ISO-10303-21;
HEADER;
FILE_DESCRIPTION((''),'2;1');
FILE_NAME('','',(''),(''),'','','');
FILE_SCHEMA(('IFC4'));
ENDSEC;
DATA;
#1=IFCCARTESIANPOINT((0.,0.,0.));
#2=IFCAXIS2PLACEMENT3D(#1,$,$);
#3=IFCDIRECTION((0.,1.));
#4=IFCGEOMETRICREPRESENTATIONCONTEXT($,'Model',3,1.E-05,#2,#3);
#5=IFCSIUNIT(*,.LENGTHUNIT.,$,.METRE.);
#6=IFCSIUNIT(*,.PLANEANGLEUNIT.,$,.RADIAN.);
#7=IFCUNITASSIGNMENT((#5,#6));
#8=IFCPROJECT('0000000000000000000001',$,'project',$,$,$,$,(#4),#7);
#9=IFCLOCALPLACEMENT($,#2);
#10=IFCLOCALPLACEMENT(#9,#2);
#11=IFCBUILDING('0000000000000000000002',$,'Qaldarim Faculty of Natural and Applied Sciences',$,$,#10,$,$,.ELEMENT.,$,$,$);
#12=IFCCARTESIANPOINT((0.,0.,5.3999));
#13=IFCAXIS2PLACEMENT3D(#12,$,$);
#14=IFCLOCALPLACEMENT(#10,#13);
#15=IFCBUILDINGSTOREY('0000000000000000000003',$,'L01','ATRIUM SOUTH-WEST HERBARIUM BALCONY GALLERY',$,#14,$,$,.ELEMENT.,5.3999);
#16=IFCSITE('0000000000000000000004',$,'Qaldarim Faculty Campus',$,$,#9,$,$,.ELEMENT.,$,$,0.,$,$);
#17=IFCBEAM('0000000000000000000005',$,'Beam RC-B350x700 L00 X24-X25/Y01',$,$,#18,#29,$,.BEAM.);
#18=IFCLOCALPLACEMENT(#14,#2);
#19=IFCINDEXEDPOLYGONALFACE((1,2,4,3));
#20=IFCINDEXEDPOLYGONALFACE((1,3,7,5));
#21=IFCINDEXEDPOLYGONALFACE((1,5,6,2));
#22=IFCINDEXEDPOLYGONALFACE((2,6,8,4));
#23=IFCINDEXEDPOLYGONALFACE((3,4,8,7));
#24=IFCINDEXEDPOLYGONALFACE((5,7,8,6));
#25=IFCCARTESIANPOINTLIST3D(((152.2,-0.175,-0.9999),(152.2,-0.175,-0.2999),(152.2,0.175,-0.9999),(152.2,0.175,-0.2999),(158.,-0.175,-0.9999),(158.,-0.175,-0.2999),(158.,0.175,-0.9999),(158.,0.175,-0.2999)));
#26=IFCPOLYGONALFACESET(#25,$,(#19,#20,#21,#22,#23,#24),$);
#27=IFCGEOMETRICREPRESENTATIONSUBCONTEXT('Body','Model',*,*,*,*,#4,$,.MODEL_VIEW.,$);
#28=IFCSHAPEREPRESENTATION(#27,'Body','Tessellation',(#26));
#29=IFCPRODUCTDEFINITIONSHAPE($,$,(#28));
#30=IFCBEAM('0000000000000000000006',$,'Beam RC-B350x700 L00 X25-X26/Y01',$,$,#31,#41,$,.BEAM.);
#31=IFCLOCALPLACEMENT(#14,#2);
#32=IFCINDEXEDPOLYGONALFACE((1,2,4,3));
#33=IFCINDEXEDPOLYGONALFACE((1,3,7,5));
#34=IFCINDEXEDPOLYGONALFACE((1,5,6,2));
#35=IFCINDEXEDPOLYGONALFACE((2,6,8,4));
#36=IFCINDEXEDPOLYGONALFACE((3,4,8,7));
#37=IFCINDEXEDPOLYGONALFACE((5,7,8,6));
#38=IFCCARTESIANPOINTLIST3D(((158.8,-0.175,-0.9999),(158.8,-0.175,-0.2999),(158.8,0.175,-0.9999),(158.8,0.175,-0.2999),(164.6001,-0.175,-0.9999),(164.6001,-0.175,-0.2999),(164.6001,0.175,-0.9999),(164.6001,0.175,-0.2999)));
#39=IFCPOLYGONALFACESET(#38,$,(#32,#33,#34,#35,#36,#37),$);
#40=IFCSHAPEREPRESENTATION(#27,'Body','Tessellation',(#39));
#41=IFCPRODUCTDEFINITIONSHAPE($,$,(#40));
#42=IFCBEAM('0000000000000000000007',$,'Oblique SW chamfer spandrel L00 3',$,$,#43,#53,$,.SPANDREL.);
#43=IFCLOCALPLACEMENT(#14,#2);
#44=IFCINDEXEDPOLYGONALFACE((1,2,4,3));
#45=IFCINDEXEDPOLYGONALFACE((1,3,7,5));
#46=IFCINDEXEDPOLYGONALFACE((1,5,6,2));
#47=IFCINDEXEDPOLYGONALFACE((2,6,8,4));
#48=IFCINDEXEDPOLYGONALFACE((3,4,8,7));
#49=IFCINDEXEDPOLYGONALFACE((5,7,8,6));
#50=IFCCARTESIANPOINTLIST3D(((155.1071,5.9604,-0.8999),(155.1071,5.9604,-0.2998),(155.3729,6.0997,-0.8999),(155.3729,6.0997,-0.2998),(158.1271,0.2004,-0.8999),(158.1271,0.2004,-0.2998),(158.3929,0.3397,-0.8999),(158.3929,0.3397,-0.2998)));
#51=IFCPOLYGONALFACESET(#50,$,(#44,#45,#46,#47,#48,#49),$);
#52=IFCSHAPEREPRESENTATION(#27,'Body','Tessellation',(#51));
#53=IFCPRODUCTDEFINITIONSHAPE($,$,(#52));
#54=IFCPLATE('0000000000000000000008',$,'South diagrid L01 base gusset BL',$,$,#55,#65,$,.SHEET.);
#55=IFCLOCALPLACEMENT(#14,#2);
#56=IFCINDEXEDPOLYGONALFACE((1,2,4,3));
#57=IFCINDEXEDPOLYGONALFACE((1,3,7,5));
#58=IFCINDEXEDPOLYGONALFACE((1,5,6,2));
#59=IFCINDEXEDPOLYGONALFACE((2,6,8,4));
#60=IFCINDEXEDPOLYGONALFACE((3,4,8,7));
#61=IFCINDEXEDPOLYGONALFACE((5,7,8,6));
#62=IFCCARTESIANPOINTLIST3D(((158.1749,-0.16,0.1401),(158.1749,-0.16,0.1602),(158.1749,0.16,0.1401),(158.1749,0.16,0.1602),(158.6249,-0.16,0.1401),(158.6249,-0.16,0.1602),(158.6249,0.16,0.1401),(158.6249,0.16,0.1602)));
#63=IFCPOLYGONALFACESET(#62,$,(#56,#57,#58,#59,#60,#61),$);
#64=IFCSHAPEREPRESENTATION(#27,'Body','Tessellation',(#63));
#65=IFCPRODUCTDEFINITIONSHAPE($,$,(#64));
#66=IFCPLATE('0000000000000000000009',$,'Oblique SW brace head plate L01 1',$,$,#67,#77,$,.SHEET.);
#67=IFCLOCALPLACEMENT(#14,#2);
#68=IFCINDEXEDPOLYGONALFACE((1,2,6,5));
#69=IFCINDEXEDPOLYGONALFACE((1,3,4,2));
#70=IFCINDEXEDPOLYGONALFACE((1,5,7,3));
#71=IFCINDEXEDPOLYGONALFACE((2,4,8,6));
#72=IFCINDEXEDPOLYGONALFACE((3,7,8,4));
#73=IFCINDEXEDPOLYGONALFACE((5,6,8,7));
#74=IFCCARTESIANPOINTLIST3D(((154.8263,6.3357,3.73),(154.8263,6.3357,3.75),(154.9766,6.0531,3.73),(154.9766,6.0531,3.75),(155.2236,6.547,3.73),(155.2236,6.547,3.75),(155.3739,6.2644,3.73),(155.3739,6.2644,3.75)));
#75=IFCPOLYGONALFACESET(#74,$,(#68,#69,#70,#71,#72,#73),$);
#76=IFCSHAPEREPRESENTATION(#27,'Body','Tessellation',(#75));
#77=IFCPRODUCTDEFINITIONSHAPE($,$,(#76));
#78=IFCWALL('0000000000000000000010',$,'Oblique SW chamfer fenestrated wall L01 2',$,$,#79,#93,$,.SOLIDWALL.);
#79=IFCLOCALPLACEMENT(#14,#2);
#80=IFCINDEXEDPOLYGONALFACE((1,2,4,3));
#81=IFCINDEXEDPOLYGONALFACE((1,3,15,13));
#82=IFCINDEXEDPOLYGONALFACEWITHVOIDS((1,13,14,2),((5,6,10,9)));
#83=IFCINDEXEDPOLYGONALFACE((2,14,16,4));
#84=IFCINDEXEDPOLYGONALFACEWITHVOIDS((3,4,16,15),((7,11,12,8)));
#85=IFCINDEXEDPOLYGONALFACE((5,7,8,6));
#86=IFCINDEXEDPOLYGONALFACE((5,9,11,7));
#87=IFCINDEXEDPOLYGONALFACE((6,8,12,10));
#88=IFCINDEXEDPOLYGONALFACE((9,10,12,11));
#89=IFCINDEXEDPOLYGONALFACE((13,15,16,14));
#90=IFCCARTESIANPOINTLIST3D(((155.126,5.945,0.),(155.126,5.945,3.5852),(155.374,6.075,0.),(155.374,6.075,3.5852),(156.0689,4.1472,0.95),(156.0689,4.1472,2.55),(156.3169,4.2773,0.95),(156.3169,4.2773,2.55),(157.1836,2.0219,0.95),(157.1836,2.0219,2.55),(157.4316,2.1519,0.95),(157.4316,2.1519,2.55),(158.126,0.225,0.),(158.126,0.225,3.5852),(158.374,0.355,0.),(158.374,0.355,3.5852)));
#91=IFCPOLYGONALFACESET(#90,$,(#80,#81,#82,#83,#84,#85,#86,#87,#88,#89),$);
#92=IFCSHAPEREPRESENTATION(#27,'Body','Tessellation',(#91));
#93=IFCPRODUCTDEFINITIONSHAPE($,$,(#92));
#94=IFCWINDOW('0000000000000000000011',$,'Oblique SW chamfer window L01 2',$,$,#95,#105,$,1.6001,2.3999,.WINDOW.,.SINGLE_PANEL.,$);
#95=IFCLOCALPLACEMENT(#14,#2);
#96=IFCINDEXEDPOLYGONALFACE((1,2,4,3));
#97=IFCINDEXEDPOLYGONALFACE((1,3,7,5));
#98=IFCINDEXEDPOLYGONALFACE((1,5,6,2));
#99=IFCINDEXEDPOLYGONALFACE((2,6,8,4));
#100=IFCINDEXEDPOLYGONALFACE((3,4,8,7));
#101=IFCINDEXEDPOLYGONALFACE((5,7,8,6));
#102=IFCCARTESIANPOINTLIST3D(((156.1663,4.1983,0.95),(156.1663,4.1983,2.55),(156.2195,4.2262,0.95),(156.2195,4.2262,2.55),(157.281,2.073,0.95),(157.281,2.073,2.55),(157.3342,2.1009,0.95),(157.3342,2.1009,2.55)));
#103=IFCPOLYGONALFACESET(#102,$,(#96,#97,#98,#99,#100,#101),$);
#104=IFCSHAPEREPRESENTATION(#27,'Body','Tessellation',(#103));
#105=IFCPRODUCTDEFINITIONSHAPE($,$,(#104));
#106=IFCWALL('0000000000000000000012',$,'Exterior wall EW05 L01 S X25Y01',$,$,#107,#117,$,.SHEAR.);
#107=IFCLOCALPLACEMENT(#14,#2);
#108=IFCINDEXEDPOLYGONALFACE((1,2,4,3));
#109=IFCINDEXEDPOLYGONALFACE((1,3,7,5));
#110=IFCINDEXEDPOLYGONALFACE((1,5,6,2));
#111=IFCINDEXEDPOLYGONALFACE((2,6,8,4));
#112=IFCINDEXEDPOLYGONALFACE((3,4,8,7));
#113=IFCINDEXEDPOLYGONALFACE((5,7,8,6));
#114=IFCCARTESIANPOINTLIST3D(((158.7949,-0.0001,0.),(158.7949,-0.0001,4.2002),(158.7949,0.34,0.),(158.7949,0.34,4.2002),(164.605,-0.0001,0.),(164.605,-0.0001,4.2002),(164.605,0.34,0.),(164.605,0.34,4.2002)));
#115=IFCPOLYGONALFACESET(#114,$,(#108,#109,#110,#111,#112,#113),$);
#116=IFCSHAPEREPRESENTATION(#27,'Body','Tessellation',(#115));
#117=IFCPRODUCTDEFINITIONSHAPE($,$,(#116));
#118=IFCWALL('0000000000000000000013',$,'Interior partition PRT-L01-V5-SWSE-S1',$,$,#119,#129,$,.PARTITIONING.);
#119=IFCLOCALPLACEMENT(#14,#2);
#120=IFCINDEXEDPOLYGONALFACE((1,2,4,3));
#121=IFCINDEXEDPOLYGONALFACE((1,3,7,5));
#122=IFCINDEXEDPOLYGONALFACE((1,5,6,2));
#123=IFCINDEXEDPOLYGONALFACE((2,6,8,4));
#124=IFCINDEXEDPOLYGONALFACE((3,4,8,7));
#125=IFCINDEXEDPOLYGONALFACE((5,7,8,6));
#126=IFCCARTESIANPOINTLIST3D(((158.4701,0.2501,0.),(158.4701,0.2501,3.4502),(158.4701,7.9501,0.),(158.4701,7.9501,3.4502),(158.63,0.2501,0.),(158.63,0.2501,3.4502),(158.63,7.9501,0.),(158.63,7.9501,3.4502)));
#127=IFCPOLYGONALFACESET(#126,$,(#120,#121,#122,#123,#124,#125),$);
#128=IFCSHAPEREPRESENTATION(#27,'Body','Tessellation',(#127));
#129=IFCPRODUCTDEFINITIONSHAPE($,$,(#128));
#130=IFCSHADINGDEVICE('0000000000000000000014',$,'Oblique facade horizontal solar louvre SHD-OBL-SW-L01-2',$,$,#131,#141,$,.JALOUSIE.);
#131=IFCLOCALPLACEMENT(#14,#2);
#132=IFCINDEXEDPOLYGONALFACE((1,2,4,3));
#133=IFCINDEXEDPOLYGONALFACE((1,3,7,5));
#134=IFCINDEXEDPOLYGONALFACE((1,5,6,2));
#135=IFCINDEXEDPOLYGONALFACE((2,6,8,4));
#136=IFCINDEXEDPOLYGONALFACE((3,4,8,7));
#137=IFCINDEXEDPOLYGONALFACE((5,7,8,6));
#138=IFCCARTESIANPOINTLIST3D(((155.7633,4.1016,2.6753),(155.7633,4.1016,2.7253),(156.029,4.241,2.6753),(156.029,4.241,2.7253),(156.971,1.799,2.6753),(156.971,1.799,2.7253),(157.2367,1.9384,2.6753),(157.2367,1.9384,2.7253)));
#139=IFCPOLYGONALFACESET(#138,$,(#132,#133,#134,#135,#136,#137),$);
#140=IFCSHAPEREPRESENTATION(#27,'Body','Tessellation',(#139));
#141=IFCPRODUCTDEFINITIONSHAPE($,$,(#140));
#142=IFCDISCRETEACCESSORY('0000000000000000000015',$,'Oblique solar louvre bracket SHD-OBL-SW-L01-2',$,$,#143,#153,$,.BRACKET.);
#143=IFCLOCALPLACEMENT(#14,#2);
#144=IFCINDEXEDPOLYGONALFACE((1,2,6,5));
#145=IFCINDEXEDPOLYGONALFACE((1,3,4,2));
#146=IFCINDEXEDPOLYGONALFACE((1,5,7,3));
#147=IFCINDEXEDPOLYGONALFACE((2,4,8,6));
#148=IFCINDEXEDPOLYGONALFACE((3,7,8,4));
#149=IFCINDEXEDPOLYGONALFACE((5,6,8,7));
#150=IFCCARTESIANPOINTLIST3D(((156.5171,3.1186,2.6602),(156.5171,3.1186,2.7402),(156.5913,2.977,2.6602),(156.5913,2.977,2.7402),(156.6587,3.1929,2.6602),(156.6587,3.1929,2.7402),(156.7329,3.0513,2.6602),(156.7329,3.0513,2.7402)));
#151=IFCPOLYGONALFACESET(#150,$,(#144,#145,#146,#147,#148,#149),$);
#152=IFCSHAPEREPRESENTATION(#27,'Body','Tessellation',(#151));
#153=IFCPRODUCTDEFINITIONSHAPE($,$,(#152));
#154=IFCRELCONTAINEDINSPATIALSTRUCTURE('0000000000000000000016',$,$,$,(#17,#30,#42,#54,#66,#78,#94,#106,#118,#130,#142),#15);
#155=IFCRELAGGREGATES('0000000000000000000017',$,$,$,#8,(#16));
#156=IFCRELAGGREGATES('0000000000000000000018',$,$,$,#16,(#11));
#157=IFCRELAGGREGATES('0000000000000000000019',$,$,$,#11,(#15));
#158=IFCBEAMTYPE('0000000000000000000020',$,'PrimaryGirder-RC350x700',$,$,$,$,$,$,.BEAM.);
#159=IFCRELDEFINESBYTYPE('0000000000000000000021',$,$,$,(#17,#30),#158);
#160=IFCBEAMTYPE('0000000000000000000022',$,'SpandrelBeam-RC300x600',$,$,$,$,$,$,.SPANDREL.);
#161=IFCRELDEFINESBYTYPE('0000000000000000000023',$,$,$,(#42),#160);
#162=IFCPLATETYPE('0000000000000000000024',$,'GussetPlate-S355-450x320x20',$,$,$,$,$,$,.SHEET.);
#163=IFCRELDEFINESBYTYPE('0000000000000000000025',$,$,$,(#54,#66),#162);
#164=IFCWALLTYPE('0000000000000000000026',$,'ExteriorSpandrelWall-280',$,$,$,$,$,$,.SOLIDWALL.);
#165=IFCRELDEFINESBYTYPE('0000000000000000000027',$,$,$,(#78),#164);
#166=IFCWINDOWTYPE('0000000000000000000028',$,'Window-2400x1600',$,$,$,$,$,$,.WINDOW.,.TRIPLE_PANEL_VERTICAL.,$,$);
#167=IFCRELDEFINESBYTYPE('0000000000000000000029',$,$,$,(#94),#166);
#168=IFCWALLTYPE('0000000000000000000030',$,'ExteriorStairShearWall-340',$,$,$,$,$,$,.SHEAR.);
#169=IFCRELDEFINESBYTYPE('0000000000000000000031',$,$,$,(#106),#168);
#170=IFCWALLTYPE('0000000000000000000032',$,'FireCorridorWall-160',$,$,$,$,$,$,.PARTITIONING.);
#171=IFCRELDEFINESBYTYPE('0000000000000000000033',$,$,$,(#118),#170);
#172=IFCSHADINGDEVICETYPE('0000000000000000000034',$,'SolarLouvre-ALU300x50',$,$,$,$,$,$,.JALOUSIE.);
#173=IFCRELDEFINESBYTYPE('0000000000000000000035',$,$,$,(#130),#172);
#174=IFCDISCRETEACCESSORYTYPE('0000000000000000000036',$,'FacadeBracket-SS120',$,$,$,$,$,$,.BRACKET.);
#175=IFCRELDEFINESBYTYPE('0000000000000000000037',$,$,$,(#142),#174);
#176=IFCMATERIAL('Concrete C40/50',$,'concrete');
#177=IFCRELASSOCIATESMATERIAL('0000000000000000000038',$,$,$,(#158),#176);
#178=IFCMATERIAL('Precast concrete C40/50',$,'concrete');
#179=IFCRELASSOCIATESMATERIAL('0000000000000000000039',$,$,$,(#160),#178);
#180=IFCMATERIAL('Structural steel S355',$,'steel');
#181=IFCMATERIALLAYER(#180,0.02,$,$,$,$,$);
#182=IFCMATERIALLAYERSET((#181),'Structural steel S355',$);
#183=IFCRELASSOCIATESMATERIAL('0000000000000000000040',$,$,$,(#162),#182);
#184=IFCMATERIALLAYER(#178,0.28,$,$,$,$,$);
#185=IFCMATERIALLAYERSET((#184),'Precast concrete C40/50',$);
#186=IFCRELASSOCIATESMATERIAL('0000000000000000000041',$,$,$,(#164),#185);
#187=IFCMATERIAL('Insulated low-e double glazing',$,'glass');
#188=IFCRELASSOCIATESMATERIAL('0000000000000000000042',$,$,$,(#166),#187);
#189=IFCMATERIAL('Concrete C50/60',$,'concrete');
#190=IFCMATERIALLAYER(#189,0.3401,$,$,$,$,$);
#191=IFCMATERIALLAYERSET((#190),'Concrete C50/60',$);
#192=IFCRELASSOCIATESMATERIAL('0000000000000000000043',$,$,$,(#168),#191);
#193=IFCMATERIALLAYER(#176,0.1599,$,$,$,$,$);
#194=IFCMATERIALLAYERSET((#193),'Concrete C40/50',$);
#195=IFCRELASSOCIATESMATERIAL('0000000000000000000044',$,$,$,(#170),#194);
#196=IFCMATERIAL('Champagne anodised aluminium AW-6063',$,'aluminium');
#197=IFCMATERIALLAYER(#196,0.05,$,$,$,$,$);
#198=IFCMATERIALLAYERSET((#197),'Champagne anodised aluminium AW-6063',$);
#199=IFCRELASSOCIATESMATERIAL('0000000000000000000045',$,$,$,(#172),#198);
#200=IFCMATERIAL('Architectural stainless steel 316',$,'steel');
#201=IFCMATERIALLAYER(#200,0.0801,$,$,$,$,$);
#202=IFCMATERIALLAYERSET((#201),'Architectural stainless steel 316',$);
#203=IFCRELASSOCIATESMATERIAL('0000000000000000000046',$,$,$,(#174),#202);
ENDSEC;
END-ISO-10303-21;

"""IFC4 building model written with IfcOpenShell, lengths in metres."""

from ifc_helpers import new_model, si_unit, direction, frame, frame_2d, origin, origin_2d, place, context, subcontext, project, spatial, rectangle, extrude, material, layer, layer_set, material_profile, profile_set, type_object, element, fill, save


model = new_model("IFC4")

# Units and contexts
model_context = context("Model", 3, precision=1e-05, world=origin(), true_north=direction((0.0, 1.0)))
body_context = subcontext(model_context, "Body", "Model", "MODEL_VIEW")
ifc_project = project(units=[si_unit("LENGTHUNIT", "METRE"), si_unit("PLANEANGLEUNIT", "RADIAN")], contexts=[model_context])

# Site, building, storey
site_placement = place(None, origin())
site = spatial("IfcSite", under=ifc_project, at=site_placement, Name="Qaldarim Faculty Campus", CompositionType="ELEMENT", RefElevation=0.0)
building_placement = place(site_placement, origin())
building = spatial("IfcBuilding", under=site, at=building_placement, Name="Qaldarim Faculty of Natural and Applied Sciences", CompositionType="ELEMENT")
storey_placement = place(building_placement, frame((0.0, 0.0, 5.3999)))
storey = spatial("IfcBuildingStorey", under=building, at=storey_placement, Name="L01", Description="ATRIUM SOUTH-WEST HERBARIUM BALCONY GALLERY", CompositionType="ELEMENT", Elevation=5.3999)

# Shared definitions
ifc_material_1 = material(Name="Concrete C50/60", Category="concrete")

# Shared definitions
ifc_material_2 = material(Name="Concrete C40/50", Category="concrete")

# Shared definitions
ifc_material_3 = material(Name="Structural steel S355", Category="steel")

# Beams
ifc_material_profile_1 = material_profile(ifc_material_2, rectangle(XDim=0.3501, YDim=0.7, at=origin_2d()), Name="RC-B350x700")
ifc_profile_set_1 = profile_set([ifc_material_profile_1], Name="Concrete C40/50")
beam_type_1 = type_object("IfcBeamType", Name="PrimaryGirder-RC350x700", PredefinedType="BEAM", material=ifc_profile_set_1)
for number, where, z_axis, x_axis, name in (
    (1, (152.2, 0.0, -0.6499), (1.0, 0.0, 0.0), (0.0, 1.0, 0.0), "Beam RC-B350x700 L00 X24-X25/Y01"),
    (2, (158.8, 0.0, -0.6499), (1.0, 0.0, 0.0), (0.0, 1.0, 0.0), "Beam RC-B350x700 L00 X25-X26/Y01"),
):
    element("IfcBeam", number, at=place(storey_placement, frame(where, z_axis=z_axis, x_axis=x_axis)), inside=storey, type_object=beam_type_1, Name=name, PredefinedType="BEAM", context=body_context, shape_type="SweptSolid", body=[
        extrude(rectangle(XDim=0.3501, YDim=0.7, at=origin_2d()), origin(), (0.0, 0.0, 1.0), 5.8),
    ])
ifc_material_4 = material(Name="Precast concrete C40/50", Category="concrete")
ifc_material_profile_2 = material_profile(ifc_material_4, rectangle(XDim=0.3, YDim=0.6001, at=origin_2d()), Name="RC-SP300x600")
ifc_profile_set_2 = profile_set([ifc_material_profile_2], Name="Precast concrete C40/50")
beam_type_2 = type_object("IfcBeamType", Name="SpandrelBeam-RC300x600", PredefinedType="SPANDREL", material=ifc_profile_set_2)
beam_1_placement = place(storey_placement, frame((155.24, 6.03, -0.5999), z_axis=(0.464353, -0.88565, 0.0), x_axis=(0.88565, 0.464353, 0.0)))
element("IfcBeam", 3, at=beam_1_placement, inside=storey, type_object=beam_type_2, Name="Oblique SW chamfer spandrel L00 3", PredefinedType="SPANDREL", context=body_context, shape_type="SweptSolid", body=[
    extrude(rectangle(XDim=0.3, YDim=0.6001, at=origin_2d()), origin(), (0.0, 0.0, 1.0), 6.5037),
])

# Plates
ifc_layer_1 = layer(ifc_material_3, 0.02)
ifc_layer_set_1 = layer_set([ifc_layer_1], Name="Structural steel S355")
plate_type = type_object("IfcPlateType", Name="GussetPlate-S355-450x320x20", PredefinedType="SHEET", material=ifc_layer_set_1)
for number, where, z_axis, x_axis, name in (
    (4, (158.3999, 0.0, 0.1401), (0.0, 0.0, 1.0), (1.0, 0.0, 0.0), "South diagrid L01 base gusset BL"),
    (5, (155.1001, 6.3, 3.73), (0.0, 0.0, 1.0), (0.882948, 0.469472, 0.0), "Oblique SW brace head plate L01 1"),
):
    element("IfcPlate", number, at=place(storey_placement, frame(where, z_axis=z_axis, x_axis=x_axis)), inside=storey, type_object=plate_type, Name=name, PredefinedType="SHEET", context=body_context, shape_type="SweptSolid", body=[
        extrude(rectangle(XDim=0.45, YDim=0.3201, at=origin_2d()), origin(), (0.0, 0.0, 1.0), 0.02),
    ])

# Wall, opening, window
ifc_layer_2 = layer(ifc_material_4, 0.28)
ifc_layer_set_2 = layer_set([ifc_layer_2], Name="Precast concrete C40/50")
wall_type_1 = type_object("IfcWallType", Name="ExteriorSpandrelWall-280", PredefinedType="SOLIDWALL", material=ifc_layer_set_2)
wall_1_placement = place(storey_placement, frame((155.25, 6.01, 0.0), z_axis=(0.0, 0.0, 1.0), x_axis=(0.464472, -0.885588, 0.0)))
wall_1 = element("IfcWall", 6, at=wall_1_placement, inside=storey, type_object=wall_type_1, Name="Oblique SW chamfer fenestrated wall L01 2", PredefinedType="SOLIDWALL", context=body_context, shape_type="SweptSolid", body=[
    extrude(rectangle(XDim=6.459, YDim=0.28, at=frame_2d((3.2295, 0.0))), origin(), (0.0, 0.0, 1.0), 3.5852),
])
opening_placement = place(wall_1_placement, frame((2.03, 0.0, 0.95)))
opening = element("IfcOpeningElement", 7, at=opening_placement, cuts=wall_1, PredefinedType="OPENING", context=body_context, shape_type="SweptSolid", body=[
    extrude(rectangle(XDim=2.3999, YDim=1.6001, at=frame_2d((1.2, 0.8))), frame((0.0, 0.1499, 0.0), z_axis=(0.0, -1.0, 0.0), x_axis=(1.0, 0.0, 0.0)), (0.0, 0.0, 1.0), 0.3),
])
ifc_material_5 = material(Name="Insulated low-e double glazing", Category="glass")
window_type = type_object("IfcWindowType", Name="Window-2400x1600", PartitioningType="TRIPLE_PANEL_VERTICAL", PredefinedType="WINDOW", material=ifc_material_5)
window_placement = place(opening_placement, origin())
window = element("IfcWindow", 8, at=window_placement, inside=storey, type_object=window_type, Name="Oblique SW chamfer window L01 2", OverallHeight=1.6001, OverallWidth=2.3999, PartitioningType="SINGLE_PANEL", PredefinedType="WINDOW", context=body_context, shape_type="SweptSolid", body=[
    extrude(rectangle(XDim=2.3999, YDim=1.6001, at=frame_2d((1.2, 0.8))), frame((0.0, 0.03, 0.0), z_axis=(0.0, -1.0, 0.0), x_axis=(1.0, 0.0, 0.0)), (0.0, 0.0, 1.0), 0.0601),
])
fill(opening, window)

# Walls
ifc_layer_3 = layer(ifc_material_1, 0.3401)
ifc_layer_set_3 = layer_set([ifc_layer_3], Name="Concrete C50/60")
wall_type_2 = type_object("IfcWallType", Name="ExteriorStairShearWall-340", PredefinedType="SHEAR", material=ifc_layer_set_3)
wall_2_placement = place(storey_placement, frame((158.7949, 0.1699, 0.0), z_axis=(0.0, 0.0, 1.0), x_axis=(1.0, 0.0, 0.0)))
element("IfcWall", 9, at=wall_2_placement, inside=storey, type_object=wall_type_2, Name="Exterior wall EW05 L01 S X25Y01", PredefinedType="SHEAR", context=body_context, shape_type="SweptSolid", body=[
    extrude(rectangle(XDim=5.8101, YDim=0.3401, at=frame_2d((2.905, 0.0))), origin(), (0.0, 0.0, 1.0), 4.2002),
])
ifc_layer_4 = layer(ifc_material_2, 0.1599)
ifc_layer_set_4 = layer_set([ifc_layer_4], Name="Concrete C40/50")
wall_type_3 = type_object("IfcWallType", Name="FireCorridorWall-160", PredefinedType="PARTITIONING", material=ifc_layer_set_4)
wall_3_placement = place(storey_placement, frame((158.55, 0.25, 0.0), z_axis=(0.0, 0.0, 1.0), x_axis=(0.0, 1.0, 0.0)))
element("IfcWall", 10, at=wall_3_placement, inside=storey, type_object=wall_type_3, Name="Interior partition PRT-L01-V5-SWSE-S1", PredefinedType="PARTITIONING", context=body_context, shape_type="SweptSolid", body=[
    extrude(rectangle(XDim=7.7, YDim=0.1599, at=frame_2d((3.8501, 0.0))), origin(), (0.0, 0.0, 1.0), 3.4502),
])

# Shared definitions
ifc_material_6 = material(Name="Architectural stainless steel 316", Category="steel")

# Shading device
ifc_material_7 = material(Name="Champagne anodised aluminium AW-6063", Category="aluminium")
ifc_layer_5 = layer(ifc_material_7, 0.05)
ifc_layer_set_5 = layer_set([ifc_layer_5], Name="Champagne anodised aluminium AW-6063")
shading_device_type = type_object("IfcShadingDeviceType", Name="SolarLouvre-ALU300x50", PredefinedType="JALOUSIE", material=ifc_layer_set_5)
shading_device_placement = place(storey_placement, frame((156.5, 3.02, 2.6753), z_axis=(0.0, 0.0, 1.0), x_axis=(0.464471, -0.885588, 0.0)))
element("IfcShadingDevice", 11, at=shading_device_placement, inside=storey, type_object=shading_device_type, Name="Oblique facade horizontal solar louvre SHD-OBL-SW-L01-2", PredefinedType="JALOUSIE", context=body_context, shape_type="SweptSolid", body=[
    extrude(rectangle(XDim=2.6001, YDim=0.3, at=origin_2d()), origin(), (0.0, 0.0, 1.0), 0.05),
])

# Discrete accessory
ifc_layer_6 = layer(ifc_material_6, 0.0801)
ifc_layer_set_6 = layer_set([ifc_layer_6], Name="Architectural stainless steel 316")
discrete_accessory_type = type_object("IfcDiscreteAccessoryType", Name="FacadeBracket-SS120", PredefinedType="BRACKET", material=ifc_layer_set_6)
discrete_accessory_placement = place(storey_placement, frame((156.625, 3.085, 2.6602), z_axis=(0.0, 0.0, 1.0), x_axis=(0.464471, -0.885588, 0.0)))
element("IfcDiscreteAccessory", 12, at=discrete_accessory_placement, inside=storey, type_object=discrete_accessory_type, Name="Oblique solar louvre bracket SHD-OBL-SW-L01-2", PredefinedType="BRACKET", context=body_context, shape_type="SweptSolid", body=[
    extrude(rectangle(XDim=0.1599, YDim=0.1599, at=origin_2d()), origin(), (0.0, 0.0, 1.0), 0.0801),
])

save(model, "model.ifc")
